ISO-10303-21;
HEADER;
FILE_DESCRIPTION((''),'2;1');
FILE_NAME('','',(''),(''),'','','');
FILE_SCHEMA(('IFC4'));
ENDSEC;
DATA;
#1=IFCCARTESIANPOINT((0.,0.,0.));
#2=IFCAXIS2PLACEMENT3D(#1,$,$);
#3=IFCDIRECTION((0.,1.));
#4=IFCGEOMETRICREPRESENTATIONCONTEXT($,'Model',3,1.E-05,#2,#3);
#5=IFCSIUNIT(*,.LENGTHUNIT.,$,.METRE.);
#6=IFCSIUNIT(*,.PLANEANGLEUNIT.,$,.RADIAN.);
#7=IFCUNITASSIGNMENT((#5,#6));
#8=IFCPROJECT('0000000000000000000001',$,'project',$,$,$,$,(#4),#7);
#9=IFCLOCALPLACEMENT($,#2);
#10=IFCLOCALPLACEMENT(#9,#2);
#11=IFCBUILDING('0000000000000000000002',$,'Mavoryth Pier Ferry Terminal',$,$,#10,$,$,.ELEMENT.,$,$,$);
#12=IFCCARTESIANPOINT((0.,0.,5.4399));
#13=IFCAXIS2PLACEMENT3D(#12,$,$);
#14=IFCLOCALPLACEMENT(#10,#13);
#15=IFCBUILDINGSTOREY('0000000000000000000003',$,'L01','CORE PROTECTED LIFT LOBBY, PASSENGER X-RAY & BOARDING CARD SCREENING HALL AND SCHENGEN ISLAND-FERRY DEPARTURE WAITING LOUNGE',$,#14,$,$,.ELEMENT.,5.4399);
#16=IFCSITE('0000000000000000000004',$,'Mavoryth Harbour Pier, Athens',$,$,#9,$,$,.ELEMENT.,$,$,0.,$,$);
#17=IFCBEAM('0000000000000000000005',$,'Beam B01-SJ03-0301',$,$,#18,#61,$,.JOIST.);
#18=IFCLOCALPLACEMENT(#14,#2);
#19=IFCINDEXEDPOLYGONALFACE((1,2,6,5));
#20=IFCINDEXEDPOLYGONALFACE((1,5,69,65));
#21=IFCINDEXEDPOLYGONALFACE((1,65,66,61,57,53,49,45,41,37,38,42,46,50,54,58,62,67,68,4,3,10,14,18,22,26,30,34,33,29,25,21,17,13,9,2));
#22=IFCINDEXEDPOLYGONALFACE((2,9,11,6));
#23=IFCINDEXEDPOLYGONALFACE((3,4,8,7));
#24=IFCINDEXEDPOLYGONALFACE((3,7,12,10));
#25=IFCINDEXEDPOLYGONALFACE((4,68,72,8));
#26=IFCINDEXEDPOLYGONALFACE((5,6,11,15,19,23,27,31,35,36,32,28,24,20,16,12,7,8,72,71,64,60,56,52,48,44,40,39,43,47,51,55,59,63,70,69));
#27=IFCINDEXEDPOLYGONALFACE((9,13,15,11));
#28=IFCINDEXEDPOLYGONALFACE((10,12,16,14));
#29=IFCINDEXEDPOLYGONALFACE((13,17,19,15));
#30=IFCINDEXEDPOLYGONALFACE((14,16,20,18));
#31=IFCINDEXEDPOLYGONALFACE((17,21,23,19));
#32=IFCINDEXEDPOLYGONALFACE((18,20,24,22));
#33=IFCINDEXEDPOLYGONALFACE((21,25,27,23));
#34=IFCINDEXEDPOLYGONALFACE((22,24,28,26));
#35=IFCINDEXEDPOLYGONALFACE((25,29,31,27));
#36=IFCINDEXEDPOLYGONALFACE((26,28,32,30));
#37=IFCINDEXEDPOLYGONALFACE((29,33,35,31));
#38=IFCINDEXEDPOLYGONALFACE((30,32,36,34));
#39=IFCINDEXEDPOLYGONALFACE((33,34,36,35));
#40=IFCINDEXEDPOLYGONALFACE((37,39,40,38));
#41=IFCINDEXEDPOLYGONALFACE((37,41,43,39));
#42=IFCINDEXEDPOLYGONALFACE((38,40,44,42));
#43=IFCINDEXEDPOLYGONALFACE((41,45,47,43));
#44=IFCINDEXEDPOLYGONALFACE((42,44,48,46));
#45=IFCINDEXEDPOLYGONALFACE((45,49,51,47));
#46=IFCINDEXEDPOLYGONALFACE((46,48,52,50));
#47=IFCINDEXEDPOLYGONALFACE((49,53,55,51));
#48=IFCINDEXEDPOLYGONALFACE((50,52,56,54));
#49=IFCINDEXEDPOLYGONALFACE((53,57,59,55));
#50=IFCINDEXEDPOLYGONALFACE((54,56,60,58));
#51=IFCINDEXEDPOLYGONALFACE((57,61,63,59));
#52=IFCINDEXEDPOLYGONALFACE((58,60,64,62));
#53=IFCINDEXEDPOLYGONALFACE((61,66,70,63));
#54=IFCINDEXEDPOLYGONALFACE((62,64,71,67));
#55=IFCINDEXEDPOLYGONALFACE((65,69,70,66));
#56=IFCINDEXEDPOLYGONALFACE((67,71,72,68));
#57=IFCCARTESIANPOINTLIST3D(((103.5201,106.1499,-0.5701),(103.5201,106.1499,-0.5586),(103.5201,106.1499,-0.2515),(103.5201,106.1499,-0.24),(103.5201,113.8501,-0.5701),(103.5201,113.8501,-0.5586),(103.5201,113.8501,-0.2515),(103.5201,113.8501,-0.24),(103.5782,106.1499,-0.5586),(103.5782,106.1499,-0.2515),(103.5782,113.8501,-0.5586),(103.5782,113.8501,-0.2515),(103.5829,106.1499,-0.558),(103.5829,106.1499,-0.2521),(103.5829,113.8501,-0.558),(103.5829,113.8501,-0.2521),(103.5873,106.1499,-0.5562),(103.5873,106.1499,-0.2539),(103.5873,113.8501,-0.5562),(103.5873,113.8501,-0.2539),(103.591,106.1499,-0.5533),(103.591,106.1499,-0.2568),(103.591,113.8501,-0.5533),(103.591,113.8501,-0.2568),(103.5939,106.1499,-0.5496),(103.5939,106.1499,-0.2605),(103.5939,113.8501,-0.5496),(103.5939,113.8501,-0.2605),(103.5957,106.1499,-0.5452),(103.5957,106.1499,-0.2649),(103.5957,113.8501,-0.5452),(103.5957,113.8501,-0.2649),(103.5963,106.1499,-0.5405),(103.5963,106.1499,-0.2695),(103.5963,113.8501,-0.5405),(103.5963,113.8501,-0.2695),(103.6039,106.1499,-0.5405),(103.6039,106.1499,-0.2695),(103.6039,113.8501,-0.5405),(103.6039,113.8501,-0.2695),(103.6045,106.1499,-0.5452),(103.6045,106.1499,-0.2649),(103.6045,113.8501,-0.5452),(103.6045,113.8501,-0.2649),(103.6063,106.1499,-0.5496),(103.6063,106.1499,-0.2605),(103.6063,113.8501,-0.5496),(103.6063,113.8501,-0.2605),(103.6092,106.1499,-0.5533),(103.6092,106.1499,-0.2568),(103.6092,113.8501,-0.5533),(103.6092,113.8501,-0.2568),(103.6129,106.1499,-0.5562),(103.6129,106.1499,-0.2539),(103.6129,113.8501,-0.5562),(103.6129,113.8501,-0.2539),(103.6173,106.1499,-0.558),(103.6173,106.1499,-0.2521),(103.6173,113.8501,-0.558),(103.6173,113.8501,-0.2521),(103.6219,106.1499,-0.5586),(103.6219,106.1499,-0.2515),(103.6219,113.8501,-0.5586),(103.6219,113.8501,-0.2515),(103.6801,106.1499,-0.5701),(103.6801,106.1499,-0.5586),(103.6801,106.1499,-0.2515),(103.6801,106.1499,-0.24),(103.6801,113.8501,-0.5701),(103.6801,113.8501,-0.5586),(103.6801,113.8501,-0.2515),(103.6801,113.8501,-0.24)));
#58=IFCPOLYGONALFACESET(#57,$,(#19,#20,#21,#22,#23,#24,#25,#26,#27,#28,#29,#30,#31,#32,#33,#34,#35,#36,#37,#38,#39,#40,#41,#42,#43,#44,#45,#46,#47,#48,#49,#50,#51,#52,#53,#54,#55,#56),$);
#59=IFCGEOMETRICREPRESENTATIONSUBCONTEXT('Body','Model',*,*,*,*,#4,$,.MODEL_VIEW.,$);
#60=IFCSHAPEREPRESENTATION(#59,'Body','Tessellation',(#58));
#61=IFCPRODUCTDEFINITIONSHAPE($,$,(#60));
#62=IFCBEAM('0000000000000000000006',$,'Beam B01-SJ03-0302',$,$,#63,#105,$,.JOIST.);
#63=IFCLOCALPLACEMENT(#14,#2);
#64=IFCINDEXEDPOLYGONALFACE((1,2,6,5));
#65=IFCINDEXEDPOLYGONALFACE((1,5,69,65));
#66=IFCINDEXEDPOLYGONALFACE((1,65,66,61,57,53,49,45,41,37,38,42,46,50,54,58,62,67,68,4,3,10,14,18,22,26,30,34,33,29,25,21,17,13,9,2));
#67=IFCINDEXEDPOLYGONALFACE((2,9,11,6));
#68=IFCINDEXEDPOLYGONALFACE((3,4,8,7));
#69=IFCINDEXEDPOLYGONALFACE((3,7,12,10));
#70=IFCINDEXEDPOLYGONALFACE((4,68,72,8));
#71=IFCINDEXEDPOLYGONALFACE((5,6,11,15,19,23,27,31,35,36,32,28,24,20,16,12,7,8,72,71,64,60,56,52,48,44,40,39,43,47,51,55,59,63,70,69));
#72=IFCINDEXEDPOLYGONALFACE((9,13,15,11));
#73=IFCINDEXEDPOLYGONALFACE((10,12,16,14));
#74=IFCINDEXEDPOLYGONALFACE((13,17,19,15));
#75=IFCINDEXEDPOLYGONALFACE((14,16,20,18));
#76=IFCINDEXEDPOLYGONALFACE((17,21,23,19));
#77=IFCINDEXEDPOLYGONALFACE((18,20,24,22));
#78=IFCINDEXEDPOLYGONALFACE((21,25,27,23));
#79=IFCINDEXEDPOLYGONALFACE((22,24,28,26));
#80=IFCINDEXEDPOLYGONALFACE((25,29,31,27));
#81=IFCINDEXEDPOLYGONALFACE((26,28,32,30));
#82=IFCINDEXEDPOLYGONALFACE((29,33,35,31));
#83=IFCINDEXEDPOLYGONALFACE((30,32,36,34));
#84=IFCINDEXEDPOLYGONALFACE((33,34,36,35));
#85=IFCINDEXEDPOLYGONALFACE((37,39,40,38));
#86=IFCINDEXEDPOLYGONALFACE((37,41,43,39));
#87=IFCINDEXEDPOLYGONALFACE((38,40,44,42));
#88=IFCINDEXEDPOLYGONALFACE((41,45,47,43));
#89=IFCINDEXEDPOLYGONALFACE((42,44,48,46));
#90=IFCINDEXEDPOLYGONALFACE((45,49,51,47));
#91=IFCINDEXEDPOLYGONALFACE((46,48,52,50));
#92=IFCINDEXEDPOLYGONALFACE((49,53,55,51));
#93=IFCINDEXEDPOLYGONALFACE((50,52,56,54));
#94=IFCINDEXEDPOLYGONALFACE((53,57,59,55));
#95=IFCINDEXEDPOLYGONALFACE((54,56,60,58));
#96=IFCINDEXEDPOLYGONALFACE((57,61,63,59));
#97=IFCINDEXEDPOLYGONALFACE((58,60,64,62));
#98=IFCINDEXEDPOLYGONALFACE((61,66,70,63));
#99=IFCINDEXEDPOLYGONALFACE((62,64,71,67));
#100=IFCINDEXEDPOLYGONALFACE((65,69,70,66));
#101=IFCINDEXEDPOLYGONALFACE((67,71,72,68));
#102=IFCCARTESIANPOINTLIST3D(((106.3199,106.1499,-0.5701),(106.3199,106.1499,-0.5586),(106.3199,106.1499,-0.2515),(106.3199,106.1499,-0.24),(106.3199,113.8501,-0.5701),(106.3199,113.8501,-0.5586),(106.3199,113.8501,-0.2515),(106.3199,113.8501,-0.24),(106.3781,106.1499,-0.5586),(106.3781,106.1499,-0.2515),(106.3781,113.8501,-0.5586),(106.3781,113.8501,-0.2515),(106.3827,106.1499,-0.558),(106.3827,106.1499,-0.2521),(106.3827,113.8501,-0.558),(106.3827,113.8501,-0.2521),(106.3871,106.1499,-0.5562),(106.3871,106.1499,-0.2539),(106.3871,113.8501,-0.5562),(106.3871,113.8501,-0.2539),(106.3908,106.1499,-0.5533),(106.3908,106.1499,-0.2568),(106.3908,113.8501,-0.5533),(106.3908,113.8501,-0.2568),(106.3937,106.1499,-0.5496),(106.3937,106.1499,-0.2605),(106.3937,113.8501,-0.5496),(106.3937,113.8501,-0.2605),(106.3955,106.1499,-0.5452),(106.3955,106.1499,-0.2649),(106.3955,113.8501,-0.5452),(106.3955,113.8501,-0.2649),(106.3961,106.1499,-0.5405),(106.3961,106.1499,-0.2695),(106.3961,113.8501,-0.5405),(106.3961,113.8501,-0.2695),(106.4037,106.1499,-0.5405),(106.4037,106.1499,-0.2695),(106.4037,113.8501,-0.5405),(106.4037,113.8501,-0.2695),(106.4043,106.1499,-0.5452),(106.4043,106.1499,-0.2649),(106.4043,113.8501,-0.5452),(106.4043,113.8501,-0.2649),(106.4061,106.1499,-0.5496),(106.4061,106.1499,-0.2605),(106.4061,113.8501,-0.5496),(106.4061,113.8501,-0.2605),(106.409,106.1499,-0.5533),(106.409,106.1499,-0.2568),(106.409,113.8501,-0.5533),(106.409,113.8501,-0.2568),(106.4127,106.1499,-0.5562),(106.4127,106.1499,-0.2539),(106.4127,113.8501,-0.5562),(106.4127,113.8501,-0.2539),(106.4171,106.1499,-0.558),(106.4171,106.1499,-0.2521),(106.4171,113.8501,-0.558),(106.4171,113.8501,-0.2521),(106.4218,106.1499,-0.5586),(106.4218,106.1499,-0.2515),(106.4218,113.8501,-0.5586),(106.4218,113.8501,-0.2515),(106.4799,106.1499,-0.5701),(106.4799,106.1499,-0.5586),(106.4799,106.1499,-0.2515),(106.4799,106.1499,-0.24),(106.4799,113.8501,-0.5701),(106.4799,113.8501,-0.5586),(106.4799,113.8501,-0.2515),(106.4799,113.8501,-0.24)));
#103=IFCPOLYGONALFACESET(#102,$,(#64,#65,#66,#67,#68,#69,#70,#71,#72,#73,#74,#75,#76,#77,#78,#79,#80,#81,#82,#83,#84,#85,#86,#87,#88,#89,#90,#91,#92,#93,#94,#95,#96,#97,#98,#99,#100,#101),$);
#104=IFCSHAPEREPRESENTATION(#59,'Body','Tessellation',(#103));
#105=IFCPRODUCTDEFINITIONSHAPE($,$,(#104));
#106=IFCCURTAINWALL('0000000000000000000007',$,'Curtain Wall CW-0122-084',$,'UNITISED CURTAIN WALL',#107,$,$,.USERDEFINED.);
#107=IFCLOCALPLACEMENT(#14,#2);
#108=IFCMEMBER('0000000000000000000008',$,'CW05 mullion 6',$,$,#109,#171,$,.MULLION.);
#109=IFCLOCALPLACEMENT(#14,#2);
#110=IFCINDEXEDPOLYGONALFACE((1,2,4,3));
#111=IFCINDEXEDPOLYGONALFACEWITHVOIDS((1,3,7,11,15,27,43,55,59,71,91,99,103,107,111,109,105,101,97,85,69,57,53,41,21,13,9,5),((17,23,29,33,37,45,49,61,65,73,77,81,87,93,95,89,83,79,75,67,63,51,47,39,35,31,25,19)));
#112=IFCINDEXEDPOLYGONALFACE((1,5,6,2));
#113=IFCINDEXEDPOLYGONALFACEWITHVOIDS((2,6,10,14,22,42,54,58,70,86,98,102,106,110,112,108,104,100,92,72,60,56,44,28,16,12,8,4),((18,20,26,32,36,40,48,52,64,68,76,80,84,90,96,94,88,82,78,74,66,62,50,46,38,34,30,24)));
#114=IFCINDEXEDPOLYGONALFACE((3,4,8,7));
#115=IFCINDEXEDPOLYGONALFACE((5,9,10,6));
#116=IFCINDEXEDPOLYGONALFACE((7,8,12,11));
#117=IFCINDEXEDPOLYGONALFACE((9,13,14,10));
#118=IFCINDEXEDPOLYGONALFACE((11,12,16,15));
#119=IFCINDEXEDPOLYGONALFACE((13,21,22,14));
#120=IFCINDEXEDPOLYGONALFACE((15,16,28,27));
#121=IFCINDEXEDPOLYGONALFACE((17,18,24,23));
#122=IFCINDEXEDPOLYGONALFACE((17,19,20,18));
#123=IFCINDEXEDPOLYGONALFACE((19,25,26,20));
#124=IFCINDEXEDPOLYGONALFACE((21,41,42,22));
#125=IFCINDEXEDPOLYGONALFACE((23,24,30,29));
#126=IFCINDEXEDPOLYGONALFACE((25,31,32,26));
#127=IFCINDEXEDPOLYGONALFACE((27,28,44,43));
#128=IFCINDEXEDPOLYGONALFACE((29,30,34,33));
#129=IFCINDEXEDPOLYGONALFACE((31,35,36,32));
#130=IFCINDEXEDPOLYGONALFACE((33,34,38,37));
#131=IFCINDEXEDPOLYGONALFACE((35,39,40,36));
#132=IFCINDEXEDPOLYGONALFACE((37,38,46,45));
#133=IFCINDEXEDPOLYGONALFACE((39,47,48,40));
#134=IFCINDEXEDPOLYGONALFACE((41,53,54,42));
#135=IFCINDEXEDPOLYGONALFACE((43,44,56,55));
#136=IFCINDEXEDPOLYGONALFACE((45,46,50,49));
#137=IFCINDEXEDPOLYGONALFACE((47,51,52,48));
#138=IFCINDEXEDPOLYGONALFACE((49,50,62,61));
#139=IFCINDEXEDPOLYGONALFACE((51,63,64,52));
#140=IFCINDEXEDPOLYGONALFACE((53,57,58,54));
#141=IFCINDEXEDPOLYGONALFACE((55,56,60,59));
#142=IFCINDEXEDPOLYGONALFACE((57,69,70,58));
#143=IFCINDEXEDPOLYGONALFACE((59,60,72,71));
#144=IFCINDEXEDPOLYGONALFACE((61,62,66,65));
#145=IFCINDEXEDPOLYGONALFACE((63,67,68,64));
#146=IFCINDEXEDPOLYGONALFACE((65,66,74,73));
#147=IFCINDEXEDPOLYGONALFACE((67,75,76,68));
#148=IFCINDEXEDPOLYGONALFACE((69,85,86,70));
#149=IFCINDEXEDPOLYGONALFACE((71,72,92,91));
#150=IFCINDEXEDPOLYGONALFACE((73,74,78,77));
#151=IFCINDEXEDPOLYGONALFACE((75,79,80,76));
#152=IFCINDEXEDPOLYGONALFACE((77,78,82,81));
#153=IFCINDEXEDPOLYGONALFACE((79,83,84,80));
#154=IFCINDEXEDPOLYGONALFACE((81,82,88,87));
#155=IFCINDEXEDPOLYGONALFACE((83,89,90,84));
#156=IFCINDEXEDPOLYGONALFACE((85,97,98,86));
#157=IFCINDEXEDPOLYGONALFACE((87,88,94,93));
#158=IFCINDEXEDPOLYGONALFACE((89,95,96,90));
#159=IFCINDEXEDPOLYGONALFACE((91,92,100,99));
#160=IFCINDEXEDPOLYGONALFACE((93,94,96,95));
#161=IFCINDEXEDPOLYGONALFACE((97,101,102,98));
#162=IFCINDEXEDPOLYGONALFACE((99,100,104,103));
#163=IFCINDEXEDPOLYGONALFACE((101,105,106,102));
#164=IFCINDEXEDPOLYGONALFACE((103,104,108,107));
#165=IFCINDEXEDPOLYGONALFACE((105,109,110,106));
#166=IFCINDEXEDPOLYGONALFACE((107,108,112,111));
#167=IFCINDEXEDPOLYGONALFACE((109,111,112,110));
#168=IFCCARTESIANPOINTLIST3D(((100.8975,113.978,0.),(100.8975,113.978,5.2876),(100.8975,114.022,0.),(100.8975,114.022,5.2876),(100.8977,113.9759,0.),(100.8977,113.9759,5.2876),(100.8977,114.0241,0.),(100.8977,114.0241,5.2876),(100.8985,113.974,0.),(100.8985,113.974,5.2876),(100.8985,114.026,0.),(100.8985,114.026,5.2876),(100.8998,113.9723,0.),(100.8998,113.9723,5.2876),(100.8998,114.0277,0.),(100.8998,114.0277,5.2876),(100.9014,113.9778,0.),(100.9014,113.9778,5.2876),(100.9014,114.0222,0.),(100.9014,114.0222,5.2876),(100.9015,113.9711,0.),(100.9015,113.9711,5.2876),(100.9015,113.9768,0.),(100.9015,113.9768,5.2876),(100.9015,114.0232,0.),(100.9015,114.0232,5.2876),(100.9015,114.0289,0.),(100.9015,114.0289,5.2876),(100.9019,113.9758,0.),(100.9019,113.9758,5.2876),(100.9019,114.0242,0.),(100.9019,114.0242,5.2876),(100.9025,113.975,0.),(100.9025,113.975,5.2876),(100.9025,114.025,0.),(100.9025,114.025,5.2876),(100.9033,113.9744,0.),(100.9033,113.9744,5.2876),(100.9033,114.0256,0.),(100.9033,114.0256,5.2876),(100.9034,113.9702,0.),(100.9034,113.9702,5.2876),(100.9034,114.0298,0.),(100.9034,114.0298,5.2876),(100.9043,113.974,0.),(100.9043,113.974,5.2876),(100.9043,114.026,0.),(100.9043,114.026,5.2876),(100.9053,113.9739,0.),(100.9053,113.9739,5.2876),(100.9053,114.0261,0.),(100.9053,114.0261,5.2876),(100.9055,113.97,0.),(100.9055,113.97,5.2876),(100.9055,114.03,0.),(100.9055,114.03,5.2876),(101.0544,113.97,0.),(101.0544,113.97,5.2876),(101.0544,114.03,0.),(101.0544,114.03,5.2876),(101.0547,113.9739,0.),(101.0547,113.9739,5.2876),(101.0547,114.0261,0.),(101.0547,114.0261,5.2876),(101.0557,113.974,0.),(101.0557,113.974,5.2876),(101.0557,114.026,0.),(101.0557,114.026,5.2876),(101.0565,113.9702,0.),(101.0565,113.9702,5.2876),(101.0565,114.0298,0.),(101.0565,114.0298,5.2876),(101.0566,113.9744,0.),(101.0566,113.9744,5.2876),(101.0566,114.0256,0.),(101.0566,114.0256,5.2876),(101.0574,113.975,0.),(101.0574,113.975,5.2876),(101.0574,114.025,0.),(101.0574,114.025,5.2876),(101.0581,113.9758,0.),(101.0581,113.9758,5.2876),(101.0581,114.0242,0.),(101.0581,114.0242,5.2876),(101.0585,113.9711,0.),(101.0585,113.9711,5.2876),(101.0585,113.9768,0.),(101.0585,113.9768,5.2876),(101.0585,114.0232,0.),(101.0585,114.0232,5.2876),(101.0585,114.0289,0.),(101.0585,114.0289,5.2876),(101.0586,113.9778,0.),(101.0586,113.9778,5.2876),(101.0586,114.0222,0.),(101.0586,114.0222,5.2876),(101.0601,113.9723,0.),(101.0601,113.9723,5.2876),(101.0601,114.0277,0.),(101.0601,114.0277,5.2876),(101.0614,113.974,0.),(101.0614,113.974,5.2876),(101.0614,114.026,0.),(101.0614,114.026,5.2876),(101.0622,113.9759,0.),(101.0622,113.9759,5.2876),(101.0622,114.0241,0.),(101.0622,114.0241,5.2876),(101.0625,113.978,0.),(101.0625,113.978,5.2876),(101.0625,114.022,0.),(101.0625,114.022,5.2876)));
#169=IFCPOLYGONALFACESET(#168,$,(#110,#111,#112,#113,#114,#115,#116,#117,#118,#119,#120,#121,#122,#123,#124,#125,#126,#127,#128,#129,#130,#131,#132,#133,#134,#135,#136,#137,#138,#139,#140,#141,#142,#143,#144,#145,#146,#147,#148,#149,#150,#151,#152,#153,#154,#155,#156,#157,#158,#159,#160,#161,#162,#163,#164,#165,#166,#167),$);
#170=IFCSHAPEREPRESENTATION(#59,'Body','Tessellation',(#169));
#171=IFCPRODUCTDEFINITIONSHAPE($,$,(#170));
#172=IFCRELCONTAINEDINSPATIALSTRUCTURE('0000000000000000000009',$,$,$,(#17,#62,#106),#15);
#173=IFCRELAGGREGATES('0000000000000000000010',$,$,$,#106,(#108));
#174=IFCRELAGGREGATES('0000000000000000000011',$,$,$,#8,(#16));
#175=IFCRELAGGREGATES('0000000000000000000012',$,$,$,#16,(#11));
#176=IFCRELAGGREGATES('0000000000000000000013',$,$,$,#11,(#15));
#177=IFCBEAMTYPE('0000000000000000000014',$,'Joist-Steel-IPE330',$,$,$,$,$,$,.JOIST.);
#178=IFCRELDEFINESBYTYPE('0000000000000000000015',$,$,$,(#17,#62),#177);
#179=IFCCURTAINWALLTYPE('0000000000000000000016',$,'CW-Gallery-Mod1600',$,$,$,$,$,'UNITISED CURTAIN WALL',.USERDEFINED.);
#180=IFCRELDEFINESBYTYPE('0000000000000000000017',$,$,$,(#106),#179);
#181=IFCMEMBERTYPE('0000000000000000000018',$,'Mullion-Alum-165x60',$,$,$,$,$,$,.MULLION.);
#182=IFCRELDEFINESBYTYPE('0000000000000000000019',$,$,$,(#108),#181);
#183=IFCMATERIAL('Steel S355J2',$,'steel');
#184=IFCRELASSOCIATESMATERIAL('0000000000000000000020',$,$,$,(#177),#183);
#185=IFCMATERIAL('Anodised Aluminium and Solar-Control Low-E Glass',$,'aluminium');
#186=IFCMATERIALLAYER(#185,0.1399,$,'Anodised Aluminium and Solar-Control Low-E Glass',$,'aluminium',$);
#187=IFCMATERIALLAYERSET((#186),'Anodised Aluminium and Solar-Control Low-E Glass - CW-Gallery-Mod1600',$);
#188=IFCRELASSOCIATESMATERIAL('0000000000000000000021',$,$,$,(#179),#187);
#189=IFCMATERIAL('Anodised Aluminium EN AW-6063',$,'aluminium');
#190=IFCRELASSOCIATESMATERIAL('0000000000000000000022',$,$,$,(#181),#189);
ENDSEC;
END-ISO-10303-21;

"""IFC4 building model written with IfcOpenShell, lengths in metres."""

from ifc_helpers import new_model, si_unit, direction, frame, origin, origin_2d, place, context, subcontext, project, spatial, hollow_rectangle, i_section, extrude, material, layer, layer_set, material_profile, profile_set, type_object, element, aggregate, save


model = new_model("IFC4")

# Units and contexts
model_context = context("Model", 3, precision=1e-05, world=origin(), true_north=direction((0.0, 1.0)))
body_context = subcontext(model_context, "Body", "Model", "MODEL_VIEW")
ifc_project = project(units=[si_unit("LENGTHUNIT", "METRE"), si_unit("PLANEANGLEUNIT", "RADIAN")], contexts=[model_context])

# Site, building, storey
site_placement = place(None, origin())
site = spatial("IfcSite", under=ifc_project, at=site_placement, Name="Mavoryth Harbour Pier, Athens", CompositionType="ELEMENT", RefElevation=0.0)
building_placement = place(site_placement, origin())
building = spatial("IfcBuilding", under=site, at=building_placement, Name="Mavoryth Pier Ferry Terminal", CompositionType="ELEMENT")
storey_placement = place(building_placement, frame((0.0, 0.0, 5.4399)))
storey = spatial("IfcBuildingStorey", under=building, at=storey_placement, Name="L01", Description="CORE PROTECTED LIFT LOBBY, PASSENGER X-RAY & BOARDING CARD SCREENING HALL AND SCHENGEN ISLAND-FERRY DEPARTURE WAITING LOUNGE", CompositionType="ELEMENT", Elevation=5.4399)

# Beams
ifc_material_1 = material(Name="Steel S355J2", Category="steel")
ifc_material_profile_1 = material_profile(ifc_material_1, i_section(OverallWidth=0.1599, OverallDepth=0.3301, WebThickness=0.0076, FlangeThickness=0.0115, FilletRadius=0.0181, at=origin_2d()), Name="IPE 330", Category="steel")
ifc_profile_set_1 = profile_set([ifc_material_profile_1], Name="Steel S355J2 - IPE 330")
beam_type_1 = type_object("IfcBeamType", Name="Joist-Steel-IPE330", PredefinedType="JOIST", material=ifc_profile_set_1)
for number, where, z_axis, x_axis, name in (
    (1, (103.6001, 106.1499, -0.405), (0.0, 1.0, 0.0), (-1.0, 0.0, 0.0), "Beam B01-SJ03-0301"),
    (2, (106.3999, 106.1499, -0.405), (0.0, 1.0, 0.0), (-1.0, 0.0, 0.0), "Beam B01-SJ03-0302"),
):
    element("IfcBeam", number, at=place(storey_placement, frame(where, z_axis=z_axis, x_axis=x_axis)), inside=storey, type_object=beam_type_1, Name=name, PredefinedType="JOIST", context=body_context, shape_type="SweptSolid", body=[
        extrude(i_section(OverallWidth=0.1599, OverallDepth=0.3301, WebThickness=0.0076, FlangeThickness=0.0115, FilletRadius=0.0181, at=origin_2d()), origin(), (0.0, 0.0, 1.0), 7.7002),
    ])

# Curtain wall, member
ifc_material_2 = material(Name="Anodised Aluminium and Solar-Control Low-E Glass", Category="aluminium")
ifc_layer_1 = layer(ifc_material_2, 0.1399, Name="Anodised Aluminium and Solar-Control Low-E Glass", Category="aluminium")
ifc_layer_set_1 = layer_set([ifc_layer_1], Name="Anodised Aluminium and Solar-Control Low-E Glass - CW-Gallery-Mod1600")
curtain_wall_type = type_object("IfcCurtainWallType", Name="CW-Gallery-Mod1600", ElementType="UNITISED CURTAIN WALL", PredefinedType="USERDEFINED", material=ifc_layer_set_1)
curtain_wall_1_placement = place(storey_placement, origin())
curtain_wall_1 = element("IfcCurtainWall", 3, at=curtain_wall_1_placement, inside=storey, type_object=curtain_wall_type, Name="Curtain Wall CW-0122-084", ObjectType="UNITISED CURTAIN WALL", PredefinedType="USERDEFINED")
ifc_material_3 = material(Name="Anodised Aluminium EN AW-6063", Category="aluminium")
ifc_material_profile_2 = material_profile(ifc_material_3, hollow_rectangle(XDim=0.0601, YDim=0.165, WallThickness=0.0039, InnerFilletRadius=0.0039, OuterFilletRadius=0.0081, at=origin_2d()), Name="AL-MULL 165x60x4", Category="aluminium")
ifc_profile_set_2 = profile_set([ifc_material_profile_2], Name="Anodised Aluminium EN AW-6063 - AL-MULL 165x60x4")
member_type_1 = type_object("IfcMemberType", Name="Mullion-Alum-165x60", PredefinedType="MULLION", material=ifc_profile_set_2)
member_1_placement = place(storey_placement, frame((100.98, 114.0, 0.0), z_axis=(0.0, 0.0, 1.0), x_axis=(0.0, -1.0, 0.0)))
member_1 = element("IfcMember", 4, at=member_1_placement, type_object=member_type_1, Name="CW05 mullion 6", PredefinedType="MULLION", context=body_context, shape_type="SweptSolid", body=[
    extrude(hollow_rectangle(XDim=0.0601, YDim=0.165, WallThickness=0.0039, InnerFilletRadius=0.0039, OuterFilletRadius=0.0081, at=origin_2d()), origin(), (0.0, 0.0, 1.0), 5.2876),
])
aggregate(curtain_wall_1, [member_1])

save(model, "model.ifc")
